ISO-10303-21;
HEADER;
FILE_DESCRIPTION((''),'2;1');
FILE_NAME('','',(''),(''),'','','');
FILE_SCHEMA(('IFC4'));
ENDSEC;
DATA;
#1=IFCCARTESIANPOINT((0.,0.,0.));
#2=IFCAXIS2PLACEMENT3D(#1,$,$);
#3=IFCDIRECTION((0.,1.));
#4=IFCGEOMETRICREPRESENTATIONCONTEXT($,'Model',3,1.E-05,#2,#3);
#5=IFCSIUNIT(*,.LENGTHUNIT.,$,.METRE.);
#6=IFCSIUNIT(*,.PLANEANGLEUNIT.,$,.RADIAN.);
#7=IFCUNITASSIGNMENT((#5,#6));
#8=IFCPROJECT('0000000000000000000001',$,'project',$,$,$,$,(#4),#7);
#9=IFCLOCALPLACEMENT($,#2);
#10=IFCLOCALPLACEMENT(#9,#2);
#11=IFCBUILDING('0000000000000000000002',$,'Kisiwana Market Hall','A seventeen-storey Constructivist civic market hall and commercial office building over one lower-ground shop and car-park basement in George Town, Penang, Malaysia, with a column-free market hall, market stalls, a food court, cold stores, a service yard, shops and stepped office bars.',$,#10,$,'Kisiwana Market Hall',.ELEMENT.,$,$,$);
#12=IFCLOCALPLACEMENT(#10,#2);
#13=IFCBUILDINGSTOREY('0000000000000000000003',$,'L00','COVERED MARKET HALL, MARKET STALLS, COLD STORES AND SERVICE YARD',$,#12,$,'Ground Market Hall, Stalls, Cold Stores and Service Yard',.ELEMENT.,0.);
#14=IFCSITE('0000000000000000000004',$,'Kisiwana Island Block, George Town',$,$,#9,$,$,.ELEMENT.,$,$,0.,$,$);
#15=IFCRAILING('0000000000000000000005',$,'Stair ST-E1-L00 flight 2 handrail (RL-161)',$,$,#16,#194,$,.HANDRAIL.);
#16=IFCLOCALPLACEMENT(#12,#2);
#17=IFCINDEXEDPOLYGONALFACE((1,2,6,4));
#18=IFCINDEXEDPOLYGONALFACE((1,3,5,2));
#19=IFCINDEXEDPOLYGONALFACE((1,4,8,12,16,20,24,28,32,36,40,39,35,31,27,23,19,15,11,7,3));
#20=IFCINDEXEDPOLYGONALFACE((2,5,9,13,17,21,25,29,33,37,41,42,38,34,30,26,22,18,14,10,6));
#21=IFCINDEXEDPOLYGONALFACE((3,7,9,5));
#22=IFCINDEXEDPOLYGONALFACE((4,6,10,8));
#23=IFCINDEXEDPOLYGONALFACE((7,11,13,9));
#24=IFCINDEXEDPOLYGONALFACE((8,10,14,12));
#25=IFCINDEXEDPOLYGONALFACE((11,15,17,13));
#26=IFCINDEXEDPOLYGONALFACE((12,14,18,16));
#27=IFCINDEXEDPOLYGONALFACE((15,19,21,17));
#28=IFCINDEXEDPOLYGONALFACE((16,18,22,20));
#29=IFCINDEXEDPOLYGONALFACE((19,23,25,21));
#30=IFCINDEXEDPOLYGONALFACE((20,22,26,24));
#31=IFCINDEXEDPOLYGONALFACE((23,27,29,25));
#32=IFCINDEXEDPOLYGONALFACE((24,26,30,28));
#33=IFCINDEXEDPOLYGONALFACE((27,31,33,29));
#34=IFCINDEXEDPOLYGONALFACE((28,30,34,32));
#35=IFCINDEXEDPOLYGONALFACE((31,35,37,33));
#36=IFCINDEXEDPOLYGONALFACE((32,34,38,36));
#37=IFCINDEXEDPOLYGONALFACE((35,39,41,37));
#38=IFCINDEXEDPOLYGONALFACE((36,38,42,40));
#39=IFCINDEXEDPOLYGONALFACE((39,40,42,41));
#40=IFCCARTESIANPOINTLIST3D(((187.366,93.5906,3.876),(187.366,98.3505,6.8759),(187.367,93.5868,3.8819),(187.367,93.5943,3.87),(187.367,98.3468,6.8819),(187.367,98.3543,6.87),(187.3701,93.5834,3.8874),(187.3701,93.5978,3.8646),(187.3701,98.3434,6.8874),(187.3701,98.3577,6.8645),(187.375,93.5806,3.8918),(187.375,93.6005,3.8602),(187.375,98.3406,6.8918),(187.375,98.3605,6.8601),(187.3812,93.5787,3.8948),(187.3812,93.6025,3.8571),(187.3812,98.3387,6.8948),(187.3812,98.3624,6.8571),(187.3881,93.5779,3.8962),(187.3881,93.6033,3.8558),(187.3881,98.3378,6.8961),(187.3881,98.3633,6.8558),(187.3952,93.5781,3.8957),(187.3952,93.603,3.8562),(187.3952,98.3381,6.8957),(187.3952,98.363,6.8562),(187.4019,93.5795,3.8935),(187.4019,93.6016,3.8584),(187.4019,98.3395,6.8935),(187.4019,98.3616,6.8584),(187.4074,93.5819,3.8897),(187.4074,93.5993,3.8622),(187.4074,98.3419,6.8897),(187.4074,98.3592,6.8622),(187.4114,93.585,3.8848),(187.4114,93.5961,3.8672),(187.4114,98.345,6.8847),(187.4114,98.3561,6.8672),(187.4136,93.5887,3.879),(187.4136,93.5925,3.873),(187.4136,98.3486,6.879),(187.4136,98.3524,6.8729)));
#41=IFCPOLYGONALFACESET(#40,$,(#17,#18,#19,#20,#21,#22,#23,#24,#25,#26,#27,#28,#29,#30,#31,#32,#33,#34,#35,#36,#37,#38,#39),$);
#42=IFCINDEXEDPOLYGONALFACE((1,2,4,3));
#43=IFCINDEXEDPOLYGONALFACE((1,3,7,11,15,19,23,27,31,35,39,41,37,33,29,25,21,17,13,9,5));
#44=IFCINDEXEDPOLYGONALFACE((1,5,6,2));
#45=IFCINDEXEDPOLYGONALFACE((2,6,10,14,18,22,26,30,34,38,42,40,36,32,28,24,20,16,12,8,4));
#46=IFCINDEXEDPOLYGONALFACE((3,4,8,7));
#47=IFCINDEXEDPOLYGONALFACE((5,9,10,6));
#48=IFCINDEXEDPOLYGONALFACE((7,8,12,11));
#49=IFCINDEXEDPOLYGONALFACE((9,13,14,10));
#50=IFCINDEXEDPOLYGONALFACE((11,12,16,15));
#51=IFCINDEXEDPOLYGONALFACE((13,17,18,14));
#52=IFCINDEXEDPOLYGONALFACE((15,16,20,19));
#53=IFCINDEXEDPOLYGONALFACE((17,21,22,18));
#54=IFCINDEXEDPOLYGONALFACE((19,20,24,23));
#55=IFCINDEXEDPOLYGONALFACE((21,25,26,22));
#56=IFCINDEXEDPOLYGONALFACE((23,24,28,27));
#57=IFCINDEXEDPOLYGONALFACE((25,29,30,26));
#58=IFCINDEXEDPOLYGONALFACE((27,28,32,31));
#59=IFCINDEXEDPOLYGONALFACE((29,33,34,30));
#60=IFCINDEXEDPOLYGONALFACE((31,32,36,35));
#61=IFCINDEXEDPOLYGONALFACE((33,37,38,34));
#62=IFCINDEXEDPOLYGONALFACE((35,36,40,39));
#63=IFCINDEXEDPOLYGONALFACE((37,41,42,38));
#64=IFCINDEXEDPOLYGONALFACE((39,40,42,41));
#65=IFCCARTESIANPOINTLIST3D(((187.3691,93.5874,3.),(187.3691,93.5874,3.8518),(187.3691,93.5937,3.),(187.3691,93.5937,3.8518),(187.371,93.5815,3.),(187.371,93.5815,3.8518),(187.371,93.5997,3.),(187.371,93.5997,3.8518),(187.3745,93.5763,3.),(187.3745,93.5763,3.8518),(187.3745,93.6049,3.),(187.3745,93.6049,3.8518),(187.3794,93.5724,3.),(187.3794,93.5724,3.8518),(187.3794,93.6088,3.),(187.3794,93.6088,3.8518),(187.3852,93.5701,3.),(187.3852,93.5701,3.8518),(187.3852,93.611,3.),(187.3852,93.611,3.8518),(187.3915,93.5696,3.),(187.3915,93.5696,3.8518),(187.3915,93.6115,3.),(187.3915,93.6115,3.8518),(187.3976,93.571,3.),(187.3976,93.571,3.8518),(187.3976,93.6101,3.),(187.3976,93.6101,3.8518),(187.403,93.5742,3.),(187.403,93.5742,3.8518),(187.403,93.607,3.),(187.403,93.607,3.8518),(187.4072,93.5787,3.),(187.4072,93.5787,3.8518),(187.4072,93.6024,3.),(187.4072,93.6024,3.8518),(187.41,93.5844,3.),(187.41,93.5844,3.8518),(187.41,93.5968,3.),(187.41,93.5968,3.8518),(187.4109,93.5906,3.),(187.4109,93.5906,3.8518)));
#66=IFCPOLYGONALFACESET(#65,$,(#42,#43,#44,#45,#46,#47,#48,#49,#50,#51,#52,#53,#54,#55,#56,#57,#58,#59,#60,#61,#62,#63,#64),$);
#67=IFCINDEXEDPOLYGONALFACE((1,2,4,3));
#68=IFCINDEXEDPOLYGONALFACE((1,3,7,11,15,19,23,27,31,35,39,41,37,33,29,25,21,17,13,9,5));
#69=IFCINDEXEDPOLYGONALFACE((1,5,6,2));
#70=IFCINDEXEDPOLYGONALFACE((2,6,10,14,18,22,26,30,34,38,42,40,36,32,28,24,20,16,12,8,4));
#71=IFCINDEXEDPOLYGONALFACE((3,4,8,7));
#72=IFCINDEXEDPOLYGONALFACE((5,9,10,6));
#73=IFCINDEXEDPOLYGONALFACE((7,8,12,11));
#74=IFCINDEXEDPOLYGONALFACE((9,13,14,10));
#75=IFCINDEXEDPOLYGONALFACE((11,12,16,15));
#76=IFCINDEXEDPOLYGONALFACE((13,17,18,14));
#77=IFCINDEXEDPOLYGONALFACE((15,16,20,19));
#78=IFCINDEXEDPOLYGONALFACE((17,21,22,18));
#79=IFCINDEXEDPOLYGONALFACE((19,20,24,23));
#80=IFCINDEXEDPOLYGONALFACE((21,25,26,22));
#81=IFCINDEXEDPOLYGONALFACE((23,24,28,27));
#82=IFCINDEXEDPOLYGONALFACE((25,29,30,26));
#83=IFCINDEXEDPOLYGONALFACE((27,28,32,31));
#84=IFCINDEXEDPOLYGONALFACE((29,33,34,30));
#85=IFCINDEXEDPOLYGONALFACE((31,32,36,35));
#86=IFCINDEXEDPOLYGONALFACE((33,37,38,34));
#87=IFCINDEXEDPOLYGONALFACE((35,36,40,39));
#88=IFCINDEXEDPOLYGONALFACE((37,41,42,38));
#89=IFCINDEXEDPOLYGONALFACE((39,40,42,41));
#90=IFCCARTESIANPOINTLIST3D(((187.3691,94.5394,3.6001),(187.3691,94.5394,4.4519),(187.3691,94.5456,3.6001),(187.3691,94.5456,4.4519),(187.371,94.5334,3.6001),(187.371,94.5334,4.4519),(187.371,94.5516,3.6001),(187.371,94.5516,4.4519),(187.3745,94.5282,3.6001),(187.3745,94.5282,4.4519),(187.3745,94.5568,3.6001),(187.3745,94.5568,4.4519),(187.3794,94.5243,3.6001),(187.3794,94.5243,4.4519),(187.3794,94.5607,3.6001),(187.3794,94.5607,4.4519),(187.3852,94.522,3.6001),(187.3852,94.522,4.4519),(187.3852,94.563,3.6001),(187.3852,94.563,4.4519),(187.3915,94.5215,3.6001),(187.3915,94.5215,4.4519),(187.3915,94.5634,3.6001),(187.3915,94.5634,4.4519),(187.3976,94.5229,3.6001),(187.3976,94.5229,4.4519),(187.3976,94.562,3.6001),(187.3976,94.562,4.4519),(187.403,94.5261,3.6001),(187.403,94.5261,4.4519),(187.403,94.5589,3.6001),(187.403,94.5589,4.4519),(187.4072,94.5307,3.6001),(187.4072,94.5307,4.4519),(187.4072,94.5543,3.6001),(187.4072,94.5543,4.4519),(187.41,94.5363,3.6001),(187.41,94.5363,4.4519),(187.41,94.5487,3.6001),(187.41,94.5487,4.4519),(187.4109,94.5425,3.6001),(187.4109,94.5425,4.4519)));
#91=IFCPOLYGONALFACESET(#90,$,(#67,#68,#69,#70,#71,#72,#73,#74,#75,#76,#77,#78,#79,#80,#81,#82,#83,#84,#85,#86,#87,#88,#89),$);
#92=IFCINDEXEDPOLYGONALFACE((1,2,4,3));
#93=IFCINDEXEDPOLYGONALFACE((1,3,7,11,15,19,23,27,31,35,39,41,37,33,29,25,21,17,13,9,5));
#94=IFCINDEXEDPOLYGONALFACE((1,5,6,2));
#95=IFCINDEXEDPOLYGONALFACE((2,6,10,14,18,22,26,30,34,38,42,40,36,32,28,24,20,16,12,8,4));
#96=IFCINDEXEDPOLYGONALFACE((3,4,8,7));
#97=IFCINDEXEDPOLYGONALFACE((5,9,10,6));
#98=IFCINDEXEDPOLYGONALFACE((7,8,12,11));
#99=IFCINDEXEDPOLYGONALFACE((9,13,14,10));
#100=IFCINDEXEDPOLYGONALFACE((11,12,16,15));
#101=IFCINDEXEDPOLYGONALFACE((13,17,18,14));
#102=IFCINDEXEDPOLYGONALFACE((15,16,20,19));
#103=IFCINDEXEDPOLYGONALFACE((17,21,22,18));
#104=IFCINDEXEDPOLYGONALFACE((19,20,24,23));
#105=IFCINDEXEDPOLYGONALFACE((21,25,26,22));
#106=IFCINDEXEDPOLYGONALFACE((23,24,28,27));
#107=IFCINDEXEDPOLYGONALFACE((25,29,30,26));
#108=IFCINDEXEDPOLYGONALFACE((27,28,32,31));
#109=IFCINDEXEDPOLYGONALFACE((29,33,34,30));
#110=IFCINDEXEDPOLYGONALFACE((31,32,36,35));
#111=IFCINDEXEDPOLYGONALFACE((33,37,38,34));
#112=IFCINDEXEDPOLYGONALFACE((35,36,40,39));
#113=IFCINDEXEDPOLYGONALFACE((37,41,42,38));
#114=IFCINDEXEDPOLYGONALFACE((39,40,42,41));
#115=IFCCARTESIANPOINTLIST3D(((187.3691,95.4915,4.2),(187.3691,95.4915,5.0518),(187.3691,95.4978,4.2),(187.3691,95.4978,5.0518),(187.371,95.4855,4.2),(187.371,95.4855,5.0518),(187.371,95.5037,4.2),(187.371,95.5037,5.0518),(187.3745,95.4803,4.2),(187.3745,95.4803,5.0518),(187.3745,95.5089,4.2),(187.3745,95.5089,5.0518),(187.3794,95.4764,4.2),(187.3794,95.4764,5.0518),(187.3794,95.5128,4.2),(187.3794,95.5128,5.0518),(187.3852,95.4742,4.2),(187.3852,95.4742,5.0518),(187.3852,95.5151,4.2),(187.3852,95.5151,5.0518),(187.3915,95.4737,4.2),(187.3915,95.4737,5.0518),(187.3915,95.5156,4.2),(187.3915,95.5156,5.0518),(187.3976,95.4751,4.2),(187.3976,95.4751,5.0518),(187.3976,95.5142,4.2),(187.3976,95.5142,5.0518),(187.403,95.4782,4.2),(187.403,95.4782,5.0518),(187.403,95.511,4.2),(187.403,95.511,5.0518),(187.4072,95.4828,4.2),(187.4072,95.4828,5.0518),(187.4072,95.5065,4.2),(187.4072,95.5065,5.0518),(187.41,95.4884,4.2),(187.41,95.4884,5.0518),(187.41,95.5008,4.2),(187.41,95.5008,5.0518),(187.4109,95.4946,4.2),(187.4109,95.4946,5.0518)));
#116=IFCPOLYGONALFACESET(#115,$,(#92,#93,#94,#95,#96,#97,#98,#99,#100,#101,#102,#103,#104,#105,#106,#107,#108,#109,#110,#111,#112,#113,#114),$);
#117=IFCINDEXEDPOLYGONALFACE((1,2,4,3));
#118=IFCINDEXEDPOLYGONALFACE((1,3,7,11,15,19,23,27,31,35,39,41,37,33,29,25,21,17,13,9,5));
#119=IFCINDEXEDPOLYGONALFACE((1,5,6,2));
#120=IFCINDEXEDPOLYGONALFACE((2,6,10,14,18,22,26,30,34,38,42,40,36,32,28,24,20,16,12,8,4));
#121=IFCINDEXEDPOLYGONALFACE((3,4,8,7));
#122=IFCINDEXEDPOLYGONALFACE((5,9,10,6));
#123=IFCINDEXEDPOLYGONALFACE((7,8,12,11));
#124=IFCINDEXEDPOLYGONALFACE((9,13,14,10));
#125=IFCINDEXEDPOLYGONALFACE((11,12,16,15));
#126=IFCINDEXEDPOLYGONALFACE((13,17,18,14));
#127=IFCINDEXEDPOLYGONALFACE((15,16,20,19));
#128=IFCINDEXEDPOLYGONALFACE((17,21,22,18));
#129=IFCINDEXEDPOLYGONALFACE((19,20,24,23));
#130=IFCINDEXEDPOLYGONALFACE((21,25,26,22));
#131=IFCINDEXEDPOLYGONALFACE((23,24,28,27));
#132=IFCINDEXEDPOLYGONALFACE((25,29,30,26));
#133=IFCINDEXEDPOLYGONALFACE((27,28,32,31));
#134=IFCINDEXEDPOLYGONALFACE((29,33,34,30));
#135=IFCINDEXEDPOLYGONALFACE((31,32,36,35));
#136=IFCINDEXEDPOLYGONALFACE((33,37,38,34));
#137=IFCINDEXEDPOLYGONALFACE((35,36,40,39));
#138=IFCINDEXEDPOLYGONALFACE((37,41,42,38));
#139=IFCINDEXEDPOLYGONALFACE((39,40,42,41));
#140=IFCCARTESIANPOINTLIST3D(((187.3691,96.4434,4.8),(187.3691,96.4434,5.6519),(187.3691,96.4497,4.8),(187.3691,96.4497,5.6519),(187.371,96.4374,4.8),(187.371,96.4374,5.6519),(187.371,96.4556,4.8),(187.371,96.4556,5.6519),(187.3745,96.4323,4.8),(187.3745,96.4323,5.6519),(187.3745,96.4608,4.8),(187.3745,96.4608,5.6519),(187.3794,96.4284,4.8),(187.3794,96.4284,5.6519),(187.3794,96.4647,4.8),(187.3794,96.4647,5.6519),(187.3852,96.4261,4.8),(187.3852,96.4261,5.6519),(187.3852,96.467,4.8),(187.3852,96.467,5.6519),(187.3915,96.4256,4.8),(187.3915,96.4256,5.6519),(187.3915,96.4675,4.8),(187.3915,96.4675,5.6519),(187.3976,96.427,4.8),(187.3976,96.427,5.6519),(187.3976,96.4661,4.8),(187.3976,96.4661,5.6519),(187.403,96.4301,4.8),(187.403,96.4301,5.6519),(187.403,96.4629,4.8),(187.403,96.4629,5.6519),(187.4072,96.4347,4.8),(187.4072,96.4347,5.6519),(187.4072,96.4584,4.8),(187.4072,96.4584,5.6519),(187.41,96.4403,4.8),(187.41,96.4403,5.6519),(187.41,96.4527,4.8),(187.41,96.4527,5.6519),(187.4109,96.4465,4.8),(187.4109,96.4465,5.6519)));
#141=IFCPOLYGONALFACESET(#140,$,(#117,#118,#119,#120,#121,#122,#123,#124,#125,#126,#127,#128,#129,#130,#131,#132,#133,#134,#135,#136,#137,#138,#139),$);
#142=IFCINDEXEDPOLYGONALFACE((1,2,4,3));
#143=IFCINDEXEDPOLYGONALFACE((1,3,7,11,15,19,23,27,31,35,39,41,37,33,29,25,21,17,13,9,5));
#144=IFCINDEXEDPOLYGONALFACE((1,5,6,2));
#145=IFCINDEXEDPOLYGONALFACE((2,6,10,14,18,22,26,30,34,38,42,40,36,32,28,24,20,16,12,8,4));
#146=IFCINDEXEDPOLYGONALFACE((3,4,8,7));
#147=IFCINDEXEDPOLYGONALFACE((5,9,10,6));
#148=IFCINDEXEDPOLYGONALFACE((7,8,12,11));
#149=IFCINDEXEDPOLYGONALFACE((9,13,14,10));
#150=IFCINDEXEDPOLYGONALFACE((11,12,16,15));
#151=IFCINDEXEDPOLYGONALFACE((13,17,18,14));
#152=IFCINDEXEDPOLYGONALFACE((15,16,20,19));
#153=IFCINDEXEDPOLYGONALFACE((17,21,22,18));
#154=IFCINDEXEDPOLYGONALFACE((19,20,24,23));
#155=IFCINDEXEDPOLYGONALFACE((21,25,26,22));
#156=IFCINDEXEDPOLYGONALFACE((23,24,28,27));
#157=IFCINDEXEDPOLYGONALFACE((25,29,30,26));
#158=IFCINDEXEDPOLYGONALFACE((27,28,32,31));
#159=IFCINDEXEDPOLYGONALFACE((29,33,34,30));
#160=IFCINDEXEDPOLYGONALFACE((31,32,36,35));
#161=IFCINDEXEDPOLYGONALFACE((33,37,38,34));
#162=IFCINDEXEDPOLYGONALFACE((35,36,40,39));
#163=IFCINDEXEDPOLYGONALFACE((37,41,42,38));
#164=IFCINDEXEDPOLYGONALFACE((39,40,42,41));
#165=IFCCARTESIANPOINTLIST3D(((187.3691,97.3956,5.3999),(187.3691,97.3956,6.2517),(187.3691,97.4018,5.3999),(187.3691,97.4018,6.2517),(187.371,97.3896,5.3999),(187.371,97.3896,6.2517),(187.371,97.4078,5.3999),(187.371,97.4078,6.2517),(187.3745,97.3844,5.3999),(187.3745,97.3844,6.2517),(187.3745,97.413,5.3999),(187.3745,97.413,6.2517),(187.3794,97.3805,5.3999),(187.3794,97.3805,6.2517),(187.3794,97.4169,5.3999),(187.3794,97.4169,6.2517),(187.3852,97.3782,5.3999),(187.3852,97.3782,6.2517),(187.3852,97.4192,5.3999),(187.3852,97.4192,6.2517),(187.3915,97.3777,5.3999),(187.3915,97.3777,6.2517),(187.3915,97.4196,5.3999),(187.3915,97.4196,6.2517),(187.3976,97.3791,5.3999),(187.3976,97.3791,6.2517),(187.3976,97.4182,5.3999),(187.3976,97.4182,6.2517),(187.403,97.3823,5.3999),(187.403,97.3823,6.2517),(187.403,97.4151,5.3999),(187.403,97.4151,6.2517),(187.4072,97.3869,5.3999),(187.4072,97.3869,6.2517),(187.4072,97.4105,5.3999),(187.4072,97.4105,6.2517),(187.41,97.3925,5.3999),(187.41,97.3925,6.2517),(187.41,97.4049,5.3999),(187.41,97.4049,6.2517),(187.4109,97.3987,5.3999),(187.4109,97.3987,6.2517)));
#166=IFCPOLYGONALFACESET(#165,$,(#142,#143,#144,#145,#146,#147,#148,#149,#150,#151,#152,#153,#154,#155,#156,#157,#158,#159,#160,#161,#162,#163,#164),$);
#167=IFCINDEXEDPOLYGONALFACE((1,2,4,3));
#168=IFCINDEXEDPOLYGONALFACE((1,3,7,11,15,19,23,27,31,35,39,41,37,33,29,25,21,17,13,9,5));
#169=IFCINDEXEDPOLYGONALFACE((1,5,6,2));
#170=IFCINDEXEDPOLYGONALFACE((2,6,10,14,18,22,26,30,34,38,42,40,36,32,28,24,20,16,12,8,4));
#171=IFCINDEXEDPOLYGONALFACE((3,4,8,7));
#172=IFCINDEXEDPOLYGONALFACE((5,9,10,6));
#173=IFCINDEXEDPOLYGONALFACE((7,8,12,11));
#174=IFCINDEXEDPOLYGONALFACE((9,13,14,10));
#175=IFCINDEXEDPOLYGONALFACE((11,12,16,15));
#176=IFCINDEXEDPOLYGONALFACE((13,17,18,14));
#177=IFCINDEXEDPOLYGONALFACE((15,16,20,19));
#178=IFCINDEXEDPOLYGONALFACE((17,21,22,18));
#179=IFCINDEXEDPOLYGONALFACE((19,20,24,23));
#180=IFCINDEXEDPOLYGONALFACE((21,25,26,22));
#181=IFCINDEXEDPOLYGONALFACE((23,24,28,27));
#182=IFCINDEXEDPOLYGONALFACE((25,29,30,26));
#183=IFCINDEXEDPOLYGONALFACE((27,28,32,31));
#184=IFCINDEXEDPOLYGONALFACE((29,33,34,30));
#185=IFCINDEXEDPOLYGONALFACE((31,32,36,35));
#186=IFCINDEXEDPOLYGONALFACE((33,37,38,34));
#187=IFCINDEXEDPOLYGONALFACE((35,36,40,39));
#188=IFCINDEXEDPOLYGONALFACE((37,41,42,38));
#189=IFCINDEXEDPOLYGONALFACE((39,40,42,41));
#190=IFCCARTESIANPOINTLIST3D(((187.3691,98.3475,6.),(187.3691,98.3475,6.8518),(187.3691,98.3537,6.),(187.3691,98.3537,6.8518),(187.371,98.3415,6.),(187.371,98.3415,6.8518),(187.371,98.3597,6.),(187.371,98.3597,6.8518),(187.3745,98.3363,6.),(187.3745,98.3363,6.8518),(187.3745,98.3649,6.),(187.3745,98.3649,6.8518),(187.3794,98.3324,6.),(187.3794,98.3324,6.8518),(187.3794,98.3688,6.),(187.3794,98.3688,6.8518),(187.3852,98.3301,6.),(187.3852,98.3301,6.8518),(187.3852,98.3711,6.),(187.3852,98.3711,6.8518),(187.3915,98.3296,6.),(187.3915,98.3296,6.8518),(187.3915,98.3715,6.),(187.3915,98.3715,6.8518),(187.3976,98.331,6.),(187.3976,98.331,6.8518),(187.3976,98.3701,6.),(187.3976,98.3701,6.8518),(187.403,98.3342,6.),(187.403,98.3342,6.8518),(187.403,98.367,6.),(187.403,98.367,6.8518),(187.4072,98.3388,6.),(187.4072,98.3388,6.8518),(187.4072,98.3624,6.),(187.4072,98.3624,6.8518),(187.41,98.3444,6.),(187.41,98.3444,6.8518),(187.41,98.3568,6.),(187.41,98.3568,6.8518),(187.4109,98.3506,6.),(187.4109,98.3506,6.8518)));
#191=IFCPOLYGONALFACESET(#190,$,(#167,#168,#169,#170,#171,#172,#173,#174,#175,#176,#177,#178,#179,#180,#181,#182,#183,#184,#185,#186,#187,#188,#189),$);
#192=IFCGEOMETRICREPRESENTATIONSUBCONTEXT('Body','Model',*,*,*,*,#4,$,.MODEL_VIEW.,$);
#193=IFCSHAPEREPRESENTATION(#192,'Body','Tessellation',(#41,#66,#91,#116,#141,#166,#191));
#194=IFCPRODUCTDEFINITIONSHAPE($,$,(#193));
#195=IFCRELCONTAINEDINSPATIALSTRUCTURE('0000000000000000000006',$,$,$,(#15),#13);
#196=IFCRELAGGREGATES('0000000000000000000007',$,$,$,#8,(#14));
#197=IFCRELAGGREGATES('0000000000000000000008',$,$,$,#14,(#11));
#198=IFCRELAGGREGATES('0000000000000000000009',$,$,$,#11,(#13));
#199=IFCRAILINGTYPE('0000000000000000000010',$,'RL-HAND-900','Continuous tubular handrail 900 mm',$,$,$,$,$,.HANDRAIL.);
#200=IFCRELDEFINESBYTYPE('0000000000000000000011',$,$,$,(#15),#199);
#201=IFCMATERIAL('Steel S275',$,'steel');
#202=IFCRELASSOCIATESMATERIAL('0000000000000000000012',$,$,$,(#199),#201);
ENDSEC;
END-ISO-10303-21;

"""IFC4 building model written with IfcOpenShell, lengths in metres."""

from ifc_helpers import new_model, si_unit, direction, frame, origin, origin_2d, place, context, subcontext, project, spatial, circle, extrude, material, type_object, element, save


model = new_model("IFC4")

# Units and contexts
model_context = context("Model", 3, precision=1e-05, world=origin(), true_north=direction((0.0, 1.0)))
body_context = subcontext(model_context, "Body", "Model", "MODEL_VIEW")
ifc_project = project(units=[si_unit("LENGTHUNIT", "METRE"), si_unit("PLANEANGLEUNIT", "RADIAN")], contexts=[model_context])

# Site, building, storey
site_placement = place(None, origin())
site = spatial("IfcSite", under=ifc_project, at=site_placement, Name="Kisiwana Island Block, George Town", CompositionType="ELEMENT", RefElevation=0.0)
building_placement = place(site_placement, origin())
building = spatial("IfcBuilding", under=site, at=building_placement, Name="Kisiwana Market Hall", Description="A seventeen-storey Constructivist civic market hall and commercial office building over one lower-ground shop and car-park basement in George Town, Penang, Malaysia, with a column-free market hall, market stalls, a food court, cold stores, a service yard, shops and stepped office bars.", LongName="Kisiwana Market Hall", CompositionType="ELEMENT")
storey_placement = place(building_placement, origin())
storey = spatial("IfcBuildingStorey", under=building, at=storey_placement, Name="L00", Description="COVERED MARKET HALL, MARKET STALLS, COLD STORES AND SERVICE YARD", LongName="Ground Market Hall, Stalls, Cold Stores and Service Yard", CompositionType="ELEMENT", Elevation=0.0)

# Railing
ifc_material_1 = material(Name="Steel S275", Category="steel")
railing_type_1 = type_object("IfcRailingType", Name="RL-HAND-900", Description="Continuous tubular handrail 900 mm", PredefinedType="HANDRAIL", material=ifc_material_1)
railing_1_placement = place(storey_placement, frame((187.3899, 93.5906, 3.0)))
element("IfcRailing", 1, at=railing_1_placement, inside=storey, type_object=railing_type_1, Name="Stair ST-E1-L00 flight 2 handrail (RL-161)", PredefinedType="HANDRAIL", context=body_context, shape_type="SweptSolid", body=[
    extrude(circle(Radius=0.0239, at=origin_2d()), frame((0.0, 0.0, 0.876), z_axis=(0.0, 0.845996, 0.53319), x_axis=(-1.0, 0.0, 0.0)), (0.0, 0.0, 1.0), 5.6265),
    extrude(circle(Radius=0.021, at=origin_2d()), origin(), (0.0, 0.0, 1.0), 0.8518),
    extrude(circle(Radius=0.021, at=origin_2d()), frame((0.0, 0.9519, 0.6001)), (0.0, 0.0, 1.0), 0.8518),
    extrude(circle(Radius=0.021, at=origin_2d()), frame((0.0, 1.9041, 1.2)), (0.0, 0.0, 1.0), 0.8518),
    extrude(circle(Radius=0.021, at=origin_2d()), frame((0.0, 2.856, 1.8)), (0.0, 0.0, 1.0), 0.8518),
    extrude(circle(Radius=0.021, at=origin_2d()), frame((0.0, 3.8081, 2.3999)), (0.0, 0.0, 1.0), 0.8518),
    extrude(circle(Radius=0.021, at=origin_2d()), frame((0.0, 4.76, 3.0)), (0.0, 0.0, 1.0), 0.8518),
])

save(model, "model.ifc")
